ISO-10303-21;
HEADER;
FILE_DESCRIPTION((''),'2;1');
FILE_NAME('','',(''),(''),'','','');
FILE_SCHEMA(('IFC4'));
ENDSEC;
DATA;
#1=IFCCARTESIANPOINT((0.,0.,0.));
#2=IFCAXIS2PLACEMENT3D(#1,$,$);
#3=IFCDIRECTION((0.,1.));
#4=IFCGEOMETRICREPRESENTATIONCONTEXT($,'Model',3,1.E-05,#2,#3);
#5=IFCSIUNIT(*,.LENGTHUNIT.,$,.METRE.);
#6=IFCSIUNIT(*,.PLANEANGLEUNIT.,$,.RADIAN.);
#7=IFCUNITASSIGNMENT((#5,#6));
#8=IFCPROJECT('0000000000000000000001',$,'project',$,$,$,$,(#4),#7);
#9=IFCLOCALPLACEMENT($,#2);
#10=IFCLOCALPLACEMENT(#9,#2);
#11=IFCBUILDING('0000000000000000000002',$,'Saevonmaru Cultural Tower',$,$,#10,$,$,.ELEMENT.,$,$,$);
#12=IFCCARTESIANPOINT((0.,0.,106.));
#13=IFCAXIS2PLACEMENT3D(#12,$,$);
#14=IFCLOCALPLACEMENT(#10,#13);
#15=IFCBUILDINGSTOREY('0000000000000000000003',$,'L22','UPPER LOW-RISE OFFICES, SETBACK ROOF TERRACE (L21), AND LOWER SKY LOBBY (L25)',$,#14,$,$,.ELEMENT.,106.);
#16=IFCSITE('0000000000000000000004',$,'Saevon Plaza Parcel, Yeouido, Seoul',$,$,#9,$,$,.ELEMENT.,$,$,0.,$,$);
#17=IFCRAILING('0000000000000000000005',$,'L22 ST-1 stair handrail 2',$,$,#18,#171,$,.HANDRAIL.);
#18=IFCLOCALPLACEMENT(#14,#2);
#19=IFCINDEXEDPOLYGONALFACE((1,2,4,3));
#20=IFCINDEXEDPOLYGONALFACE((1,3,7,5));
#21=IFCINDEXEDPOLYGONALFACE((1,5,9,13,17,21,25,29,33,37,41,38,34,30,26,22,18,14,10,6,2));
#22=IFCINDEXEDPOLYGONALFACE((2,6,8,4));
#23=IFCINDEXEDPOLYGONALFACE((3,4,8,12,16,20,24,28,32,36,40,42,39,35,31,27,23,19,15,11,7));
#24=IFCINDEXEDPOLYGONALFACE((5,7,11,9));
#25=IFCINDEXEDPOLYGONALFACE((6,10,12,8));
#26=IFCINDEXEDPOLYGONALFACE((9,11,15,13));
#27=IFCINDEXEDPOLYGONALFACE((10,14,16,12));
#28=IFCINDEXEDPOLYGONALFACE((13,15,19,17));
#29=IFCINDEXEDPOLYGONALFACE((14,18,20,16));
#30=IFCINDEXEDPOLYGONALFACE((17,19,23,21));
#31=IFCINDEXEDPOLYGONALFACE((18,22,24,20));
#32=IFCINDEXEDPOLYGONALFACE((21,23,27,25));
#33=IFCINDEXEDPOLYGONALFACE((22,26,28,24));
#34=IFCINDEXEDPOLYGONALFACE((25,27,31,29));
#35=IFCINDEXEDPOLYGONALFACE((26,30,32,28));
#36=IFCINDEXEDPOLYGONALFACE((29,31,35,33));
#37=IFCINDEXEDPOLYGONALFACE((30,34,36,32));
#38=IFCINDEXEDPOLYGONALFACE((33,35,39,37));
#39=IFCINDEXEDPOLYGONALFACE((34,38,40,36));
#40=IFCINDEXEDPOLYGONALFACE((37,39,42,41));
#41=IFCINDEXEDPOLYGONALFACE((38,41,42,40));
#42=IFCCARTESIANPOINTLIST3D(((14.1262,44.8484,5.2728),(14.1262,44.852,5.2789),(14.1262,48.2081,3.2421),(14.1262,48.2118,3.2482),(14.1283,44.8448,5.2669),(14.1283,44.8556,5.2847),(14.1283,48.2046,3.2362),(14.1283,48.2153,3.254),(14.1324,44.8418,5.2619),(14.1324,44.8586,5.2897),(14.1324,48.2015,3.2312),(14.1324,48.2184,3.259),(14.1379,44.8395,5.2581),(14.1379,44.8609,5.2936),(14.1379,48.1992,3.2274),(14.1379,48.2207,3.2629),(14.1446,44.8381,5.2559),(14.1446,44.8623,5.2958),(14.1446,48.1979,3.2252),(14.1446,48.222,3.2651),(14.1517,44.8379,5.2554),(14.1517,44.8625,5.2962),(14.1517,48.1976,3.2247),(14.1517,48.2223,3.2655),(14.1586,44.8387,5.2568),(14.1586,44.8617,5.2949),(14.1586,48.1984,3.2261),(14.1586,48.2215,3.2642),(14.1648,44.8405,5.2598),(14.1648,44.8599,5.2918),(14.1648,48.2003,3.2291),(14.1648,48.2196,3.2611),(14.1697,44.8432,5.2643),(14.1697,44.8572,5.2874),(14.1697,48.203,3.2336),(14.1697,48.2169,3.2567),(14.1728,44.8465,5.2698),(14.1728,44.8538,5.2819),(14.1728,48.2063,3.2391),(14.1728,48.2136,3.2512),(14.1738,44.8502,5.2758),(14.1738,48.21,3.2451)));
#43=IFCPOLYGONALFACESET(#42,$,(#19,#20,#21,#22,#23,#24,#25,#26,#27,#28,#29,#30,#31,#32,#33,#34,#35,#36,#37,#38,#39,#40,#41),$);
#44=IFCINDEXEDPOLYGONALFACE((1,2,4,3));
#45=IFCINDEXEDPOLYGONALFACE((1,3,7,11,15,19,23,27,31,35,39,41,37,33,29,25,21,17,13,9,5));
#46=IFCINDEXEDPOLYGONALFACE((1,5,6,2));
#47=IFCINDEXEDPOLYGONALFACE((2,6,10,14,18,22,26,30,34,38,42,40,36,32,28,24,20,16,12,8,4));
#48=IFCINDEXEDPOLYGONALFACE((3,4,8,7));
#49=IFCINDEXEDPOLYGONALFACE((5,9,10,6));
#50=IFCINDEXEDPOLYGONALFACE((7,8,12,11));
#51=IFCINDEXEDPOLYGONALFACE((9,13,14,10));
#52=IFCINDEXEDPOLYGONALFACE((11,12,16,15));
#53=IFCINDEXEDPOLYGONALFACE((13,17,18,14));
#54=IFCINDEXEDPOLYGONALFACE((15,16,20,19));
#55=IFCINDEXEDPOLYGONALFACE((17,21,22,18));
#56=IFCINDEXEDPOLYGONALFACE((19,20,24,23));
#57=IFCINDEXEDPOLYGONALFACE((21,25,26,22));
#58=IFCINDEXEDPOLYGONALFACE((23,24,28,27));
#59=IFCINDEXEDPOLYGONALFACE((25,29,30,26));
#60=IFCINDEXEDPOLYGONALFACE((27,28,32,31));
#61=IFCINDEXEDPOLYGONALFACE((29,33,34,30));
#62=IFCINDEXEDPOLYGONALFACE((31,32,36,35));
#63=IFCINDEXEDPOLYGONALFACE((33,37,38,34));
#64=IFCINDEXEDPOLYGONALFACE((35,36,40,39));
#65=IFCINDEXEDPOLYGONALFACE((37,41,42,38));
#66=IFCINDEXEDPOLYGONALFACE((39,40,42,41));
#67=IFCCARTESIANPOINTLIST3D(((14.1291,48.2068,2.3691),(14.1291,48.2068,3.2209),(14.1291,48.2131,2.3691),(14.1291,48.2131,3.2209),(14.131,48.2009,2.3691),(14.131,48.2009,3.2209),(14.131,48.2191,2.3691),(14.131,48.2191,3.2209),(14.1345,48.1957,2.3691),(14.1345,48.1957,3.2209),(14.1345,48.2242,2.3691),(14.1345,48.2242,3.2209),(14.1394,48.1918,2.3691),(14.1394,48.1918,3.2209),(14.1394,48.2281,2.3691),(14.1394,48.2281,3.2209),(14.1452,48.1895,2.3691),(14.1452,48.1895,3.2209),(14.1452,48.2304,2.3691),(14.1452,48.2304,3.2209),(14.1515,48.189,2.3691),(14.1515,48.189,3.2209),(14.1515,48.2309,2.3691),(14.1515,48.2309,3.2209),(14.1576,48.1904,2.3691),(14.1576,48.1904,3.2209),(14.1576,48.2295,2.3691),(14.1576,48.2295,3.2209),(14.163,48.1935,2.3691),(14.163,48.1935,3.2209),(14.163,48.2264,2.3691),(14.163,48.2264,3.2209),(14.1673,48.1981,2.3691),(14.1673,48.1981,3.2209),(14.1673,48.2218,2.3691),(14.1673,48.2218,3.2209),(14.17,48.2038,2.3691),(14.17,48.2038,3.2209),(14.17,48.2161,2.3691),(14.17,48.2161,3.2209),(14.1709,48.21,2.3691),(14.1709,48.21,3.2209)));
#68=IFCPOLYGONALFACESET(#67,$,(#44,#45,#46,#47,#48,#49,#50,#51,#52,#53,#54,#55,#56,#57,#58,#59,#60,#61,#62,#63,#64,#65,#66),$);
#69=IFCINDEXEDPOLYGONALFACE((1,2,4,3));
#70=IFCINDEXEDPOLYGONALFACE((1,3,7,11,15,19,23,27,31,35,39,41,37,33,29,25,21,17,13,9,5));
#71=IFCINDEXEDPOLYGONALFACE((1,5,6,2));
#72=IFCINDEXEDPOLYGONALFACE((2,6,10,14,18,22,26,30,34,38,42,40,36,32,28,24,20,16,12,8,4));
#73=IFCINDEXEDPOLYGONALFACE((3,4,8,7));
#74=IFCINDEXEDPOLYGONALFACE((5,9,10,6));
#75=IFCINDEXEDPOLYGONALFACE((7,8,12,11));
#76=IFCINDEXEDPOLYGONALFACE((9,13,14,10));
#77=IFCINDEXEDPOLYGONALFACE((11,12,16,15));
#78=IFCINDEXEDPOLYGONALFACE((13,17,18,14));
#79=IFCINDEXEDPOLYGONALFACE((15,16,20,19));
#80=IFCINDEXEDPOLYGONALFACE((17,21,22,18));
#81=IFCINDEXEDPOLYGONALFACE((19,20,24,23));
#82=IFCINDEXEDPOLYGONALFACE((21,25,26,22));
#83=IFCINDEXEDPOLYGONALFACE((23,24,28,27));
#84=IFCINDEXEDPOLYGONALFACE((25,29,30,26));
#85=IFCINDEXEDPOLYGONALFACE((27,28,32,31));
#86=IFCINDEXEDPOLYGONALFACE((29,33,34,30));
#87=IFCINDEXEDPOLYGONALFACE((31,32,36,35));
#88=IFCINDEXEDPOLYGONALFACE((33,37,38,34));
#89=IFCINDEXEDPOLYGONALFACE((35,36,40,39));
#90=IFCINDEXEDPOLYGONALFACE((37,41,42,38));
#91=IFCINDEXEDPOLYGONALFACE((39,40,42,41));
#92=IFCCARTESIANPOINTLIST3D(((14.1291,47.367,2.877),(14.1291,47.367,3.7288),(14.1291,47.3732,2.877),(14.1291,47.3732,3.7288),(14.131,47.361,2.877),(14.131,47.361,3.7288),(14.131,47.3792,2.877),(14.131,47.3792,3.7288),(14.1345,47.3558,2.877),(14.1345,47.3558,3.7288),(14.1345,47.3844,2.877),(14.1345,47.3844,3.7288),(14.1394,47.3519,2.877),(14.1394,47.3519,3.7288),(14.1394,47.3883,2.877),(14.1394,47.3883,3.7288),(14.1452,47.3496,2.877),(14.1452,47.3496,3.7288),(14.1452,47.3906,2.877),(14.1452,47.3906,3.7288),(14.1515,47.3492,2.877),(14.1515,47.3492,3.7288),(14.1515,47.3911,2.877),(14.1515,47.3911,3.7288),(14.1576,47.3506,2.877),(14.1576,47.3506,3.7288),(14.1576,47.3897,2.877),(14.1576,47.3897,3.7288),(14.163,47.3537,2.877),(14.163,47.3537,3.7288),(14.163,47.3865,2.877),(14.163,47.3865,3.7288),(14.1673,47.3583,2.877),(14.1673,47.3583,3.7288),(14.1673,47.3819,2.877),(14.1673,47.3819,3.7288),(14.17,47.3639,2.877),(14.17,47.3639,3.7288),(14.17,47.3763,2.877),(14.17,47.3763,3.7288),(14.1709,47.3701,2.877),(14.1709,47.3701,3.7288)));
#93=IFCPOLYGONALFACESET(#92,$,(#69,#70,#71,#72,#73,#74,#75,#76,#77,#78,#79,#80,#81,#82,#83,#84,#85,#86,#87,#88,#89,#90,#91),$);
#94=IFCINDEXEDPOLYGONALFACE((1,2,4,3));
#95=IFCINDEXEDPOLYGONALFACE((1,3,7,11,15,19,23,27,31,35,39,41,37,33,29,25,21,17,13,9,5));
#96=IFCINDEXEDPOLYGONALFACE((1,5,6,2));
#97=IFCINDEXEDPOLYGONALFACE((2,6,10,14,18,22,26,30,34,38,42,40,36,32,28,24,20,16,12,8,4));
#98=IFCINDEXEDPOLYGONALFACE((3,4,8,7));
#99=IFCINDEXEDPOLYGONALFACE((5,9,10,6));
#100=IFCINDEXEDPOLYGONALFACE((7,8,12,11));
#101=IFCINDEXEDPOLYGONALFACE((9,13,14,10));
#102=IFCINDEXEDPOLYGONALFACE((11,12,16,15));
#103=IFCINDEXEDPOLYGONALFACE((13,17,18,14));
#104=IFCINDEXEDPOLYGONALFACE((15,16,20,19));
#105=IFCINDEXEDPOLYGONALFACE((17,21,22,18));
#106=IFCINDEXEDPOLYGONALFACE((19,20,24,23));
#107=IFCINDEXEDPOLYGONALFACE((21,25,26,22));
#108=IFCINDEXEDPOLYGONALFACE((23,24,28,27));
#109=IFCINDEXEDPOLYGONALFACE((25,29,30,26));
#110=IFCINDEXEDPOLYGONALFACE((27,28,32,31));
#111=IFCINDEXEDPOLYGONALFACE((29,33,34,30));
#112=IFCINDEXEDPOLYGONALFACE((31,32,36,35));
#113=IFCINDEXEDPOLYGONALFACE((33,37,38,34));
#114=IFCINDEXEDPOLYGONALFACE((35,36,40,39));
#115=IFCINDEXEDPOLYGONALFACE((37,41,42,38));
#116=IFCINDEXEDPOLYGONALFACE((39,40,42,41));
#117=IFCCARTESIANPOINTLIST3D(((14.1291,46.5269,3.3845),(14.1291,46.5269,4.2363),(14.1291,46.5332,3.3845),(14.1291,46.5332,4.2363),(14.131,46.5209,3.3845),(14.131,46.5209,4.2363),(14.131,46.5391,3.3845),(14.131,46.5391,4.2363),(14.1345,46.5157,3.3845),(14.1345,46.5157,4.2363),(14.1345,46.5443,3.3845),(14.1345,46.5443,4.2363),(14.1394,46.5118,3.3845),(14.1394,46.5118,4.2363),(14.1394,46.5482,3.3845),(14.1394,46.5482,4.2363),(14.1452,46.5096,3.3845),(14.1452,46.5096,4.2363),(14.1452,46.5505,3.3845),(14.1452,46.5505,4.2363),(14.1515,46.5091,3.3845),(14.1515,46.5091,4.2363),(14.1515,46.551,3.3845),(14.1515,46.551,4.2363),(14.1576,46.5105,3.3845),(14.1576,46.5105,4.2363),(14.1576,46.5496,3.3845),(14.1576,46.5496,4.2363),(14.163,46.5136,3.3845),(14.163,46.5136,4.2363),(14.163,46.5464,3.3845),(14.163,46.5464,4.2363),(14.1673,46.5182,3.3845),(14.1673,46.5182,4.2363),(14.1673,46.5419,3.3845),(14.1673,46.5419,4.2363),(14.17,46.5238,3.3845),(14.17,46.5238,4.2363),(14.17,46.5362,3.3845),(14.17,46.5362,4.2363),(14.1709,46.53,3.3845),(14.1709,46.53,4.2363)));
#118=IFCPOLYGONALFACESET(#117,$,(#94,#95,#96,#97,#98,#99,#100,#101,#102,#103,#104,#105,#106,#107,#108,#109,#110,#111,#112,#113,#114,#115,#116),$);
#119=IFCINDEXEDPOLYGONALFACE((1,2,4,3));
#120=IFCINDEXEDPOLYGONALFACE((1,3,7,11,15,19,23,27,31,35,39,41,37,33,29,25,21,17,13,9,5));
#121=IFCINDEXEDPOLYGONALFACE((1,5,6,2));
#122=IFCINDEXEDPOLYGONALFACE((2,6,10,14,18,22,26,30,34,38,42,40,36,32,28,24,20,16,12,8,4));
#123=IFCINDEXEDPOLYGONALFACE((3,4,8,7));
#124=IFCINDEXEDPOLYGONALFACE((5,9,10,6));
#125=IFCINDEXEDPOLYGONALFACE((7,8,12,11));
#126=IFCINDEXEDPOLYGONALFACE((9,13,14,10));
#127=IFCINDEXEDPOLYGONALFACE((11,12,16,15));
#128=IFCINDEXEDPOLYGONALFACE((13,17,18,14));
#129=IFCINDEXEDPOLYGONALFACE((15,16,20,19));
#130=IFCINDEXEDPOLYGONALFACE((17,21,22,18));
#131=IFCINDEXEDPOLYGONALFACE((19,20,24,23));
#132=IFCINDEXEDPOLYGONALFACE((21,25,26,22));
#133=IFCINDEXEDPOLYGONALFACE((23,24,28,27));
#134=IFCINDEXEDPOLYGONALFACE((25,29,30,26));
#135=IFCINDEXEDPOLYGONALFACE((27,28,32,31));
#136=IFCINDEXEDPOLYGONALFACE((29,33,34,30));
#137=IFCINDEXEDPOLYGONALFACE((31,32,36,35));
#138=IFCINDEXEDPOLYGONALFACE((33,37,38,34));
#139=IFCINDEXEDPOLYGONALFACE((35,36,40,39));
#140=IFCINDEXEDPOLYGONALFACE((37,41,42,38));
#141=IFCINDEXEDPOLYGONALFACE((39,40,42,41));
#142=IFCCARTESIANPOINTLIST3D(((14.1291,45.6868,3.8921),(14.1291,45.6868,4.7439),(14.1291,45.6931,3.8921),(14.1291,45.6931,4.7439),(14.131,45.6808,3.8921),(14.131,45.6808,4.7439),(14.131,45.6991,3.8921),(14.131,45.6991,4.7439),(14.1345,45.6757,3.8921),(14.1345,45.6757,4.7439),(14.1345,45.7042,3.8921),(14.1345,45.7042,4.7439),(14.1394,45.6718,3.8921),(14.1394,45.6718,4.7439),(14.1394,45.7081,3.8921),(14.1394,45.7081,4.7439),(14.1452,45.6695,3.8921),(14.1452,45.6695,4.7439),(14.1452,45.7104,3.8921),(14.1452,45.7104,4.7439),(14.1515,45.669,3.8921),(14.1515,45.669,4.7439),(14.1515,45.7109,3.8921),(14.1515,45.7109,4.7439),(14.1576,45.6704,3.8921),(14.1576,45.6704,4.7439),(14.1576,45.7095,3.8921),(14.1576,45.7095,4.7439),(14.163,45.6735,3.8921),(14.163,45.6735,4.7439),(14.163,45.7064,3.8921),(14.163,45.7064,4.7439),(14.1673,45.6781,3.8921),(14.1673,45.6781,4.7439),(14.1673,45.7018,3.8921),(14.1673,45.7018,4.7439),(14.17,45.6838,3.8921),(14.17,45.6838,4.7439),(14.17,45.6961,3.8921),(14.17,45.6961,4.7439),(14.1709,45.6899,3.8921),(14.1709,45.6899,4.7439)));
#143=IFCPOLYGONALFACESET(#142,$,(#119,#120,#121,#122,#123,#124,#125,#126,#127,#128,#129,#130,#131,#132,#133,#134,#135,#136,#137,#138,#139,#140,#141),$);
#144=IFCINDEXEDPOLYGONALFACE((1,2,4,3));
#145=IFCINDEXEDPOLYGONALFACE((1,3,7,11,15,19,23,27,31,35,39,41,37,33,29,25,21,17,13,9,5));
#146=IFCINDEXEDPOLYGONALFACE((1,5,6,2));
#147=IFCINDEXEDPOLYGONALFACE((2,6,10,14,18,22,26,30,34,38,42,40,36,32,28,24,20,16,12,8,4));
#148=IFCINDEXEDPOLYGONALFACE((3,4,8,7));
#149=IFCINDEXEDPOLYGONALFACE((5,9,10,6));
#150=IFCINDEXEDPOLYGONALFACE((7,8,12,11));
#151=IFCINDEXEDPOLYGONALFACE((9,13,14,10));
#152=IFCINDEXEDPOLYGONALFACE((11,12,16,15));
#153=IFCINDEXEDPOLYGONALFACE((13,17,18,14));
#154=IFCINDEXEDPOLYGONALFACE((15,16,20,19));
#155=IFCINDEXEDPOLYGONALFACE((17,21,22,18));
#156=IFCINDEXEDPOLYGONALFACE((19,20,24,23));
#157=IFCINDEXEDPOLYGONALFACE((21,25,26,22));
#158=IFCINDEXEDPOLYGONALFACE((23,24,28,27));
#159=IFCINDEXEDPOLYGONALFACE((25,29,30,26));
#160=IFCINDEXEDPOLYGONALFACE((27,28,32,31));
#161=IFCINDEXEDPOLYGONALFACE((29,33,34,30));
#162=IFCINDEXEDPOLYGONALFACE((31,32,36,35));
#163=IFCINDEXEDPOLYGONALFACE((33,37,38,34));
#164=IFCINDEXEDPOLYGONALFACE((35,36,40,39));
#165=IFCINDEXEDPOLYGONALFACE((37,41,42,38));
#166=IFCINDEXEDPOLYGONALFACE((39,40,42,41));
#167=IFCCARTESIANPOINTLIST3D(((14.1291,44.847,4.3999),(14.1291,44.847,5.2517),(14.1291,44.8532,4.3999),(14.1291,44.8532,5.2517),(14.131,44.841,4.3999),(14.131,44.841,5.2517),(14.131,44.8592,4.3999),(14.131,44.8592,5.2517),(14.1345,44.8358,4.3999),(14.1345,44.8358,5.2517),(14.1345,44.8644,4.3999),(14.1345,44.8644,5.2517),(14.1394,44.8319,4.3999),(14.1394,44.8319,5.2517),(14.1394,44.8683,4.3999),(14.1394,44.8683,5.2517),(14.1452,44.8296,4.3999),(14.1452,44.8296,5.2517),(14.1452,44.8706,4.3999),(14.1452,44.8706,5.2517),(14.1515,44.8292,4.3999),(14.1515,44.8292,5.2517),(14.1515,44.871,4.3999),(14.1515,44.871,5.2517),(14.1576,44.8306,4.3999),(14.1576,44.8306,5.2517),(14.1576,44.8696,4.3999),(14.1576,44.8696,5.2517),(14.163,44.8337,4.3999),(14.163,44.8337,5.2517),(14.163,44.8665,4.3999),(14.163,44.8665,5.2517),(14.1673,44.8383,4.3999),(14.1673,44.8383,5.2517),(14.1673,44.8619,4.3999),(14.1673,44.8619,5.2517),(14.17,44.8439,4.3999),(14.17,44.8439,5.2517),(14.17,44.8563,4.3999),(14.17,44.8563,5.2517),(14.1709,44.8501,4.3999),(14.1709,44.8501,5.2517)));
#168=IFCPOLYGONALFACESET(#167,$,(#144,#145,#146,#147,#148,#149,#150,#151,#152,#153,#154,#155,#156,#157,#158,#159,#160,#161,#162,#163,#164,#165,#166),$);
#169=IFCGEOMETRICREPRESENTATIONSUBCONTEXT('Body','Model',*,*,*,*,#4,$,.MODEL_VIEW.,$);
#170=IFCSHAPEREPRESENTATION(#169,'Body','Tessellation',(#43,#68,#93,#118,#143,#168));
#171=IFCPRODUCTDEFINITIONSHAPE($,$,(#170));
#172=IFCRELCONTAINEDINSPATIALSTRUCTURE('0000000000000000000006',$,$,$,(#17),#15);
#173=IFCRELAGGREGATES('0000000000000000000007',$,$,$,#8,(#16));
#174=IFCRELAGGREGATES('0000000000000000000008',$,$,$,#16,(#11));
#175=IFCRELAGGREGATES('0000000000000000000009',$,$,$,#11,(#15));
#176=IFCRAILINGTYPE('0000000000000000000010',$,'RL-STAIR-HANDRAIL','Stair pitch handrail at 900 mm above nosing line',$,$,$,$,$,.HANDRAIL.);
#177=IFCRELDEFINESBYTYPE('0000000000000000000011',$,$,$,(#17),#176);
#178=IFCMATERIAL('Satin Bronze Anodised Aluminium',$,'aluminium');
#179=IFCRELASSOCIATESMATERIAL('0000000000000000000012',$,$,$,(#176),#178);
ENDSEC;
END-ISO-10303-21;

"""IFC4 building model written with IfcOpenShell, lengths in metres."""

from ifc_helpers import new_model, si_unit, direction, frame, origin, origin_2d, place, context, subcontext, project, spatial, circle, extrude, material, type_object, element, save


model = new_model("IFC4")

# Units and contexts
model_context = context("Model", 3, precision=1e-05, world=origin(), true_north=direction((0.0, 1.0)))
body_context = subcontext(model_context, "Body", "Model", "MODEL_VIEW")
ifc_project = project(units=[si_unit("LENGTHUNIT", "METRE"), si_unit("PLANEANGLEUNIT", "RADIAN")], contexts=[model_context])

# Site, building, storey
site_placement = place(None, origin())
site = spatial("IfcSite", under=ifc_project, at=site_placement, Name="Saevon Plaza Parcel, Yeouido, Seoul", CompositionType="ELEMENT", RefElevation=0.0)
building_placement = place(site_placement, origin())
building = spatial("IfcBuilding", under=site, at=building_placement, Name="Saevonmaru Cultural Tower", CompositionType="ELEMENT")
storey_placement = place(building_placement, frame((0.0, 0.0, 106.0)))
storey = spatial("IfcBuildingStorey", under=building, at=storey_placement, Name="L22", Description="UPPER LOW-RISE OFFICES, SETBACK ROOF TERRACE (L21), AND LOWER SKY LOBBY (L25)", CompositionType="ELEMENT", Elevation=106.0)

# Shared definitions
ifc_material_1 = material(Name="Satin Bronze Anodised Aluminium", Category="aluminium")

# Railing
railing_type_1 = type_object("IfcRailingType", Name="RL-STAIR-HANDRAIL", Description="Stair pitch handrail at 900 mm above nosing line", PredefinedType="HANDRAIL", material=ifc_material_1)
railing_1_placement = place(storey_placement, frame((14.1499, 48.21, 2.3691)))
element("IfcRailing", 1, at=railing_1_placement, inside=storey, type_object=railing_type_1, Name="L22 ST-1 stair handrail 2", PredefinedType="HANDRAIL", context=body_context, shape_type="SweptSolid", body=[
    extrude(circle(Radius=0.0239, at=origin_2d()), frame((0.0, 0.0, 0.876), z_axis=(0.0, -0.85582, 0.517273), x_axis=(1.0, 0.0, 0.0)), (0.0, 0.0, 1.0), 3.9258),
    extrude(circle(Radius=0.021, at=origin_2d()), origin(), (0.0, 0.0, 1.0), 0.8518),
    extrude(circle(Radius=0.021, at=origin_2d()), frame((0.0, -0.8398, 0.5078)), (0.0, 0.0, 1.0), 0.8518),
    extrude(circle(Radius=0.021, at=origin_2d()), frame((0.0, -1.6799, 1.0154)), (0.0, 0.0, 1.0), 0.8518),
    extrude(circle(Radius=0.021, at=origin_2d()), frame((0.0, -2.52, 1.5229)), (0.0, 0.0, 1.0), 0.8518),
    extrude(circle(Radius=0.021, at=origin_2d()), frame((0.0, -3.3599, 2.0308)), (0.0, 0.0, 1.0), 0.8518),
])

save(model, "model.ifc")
